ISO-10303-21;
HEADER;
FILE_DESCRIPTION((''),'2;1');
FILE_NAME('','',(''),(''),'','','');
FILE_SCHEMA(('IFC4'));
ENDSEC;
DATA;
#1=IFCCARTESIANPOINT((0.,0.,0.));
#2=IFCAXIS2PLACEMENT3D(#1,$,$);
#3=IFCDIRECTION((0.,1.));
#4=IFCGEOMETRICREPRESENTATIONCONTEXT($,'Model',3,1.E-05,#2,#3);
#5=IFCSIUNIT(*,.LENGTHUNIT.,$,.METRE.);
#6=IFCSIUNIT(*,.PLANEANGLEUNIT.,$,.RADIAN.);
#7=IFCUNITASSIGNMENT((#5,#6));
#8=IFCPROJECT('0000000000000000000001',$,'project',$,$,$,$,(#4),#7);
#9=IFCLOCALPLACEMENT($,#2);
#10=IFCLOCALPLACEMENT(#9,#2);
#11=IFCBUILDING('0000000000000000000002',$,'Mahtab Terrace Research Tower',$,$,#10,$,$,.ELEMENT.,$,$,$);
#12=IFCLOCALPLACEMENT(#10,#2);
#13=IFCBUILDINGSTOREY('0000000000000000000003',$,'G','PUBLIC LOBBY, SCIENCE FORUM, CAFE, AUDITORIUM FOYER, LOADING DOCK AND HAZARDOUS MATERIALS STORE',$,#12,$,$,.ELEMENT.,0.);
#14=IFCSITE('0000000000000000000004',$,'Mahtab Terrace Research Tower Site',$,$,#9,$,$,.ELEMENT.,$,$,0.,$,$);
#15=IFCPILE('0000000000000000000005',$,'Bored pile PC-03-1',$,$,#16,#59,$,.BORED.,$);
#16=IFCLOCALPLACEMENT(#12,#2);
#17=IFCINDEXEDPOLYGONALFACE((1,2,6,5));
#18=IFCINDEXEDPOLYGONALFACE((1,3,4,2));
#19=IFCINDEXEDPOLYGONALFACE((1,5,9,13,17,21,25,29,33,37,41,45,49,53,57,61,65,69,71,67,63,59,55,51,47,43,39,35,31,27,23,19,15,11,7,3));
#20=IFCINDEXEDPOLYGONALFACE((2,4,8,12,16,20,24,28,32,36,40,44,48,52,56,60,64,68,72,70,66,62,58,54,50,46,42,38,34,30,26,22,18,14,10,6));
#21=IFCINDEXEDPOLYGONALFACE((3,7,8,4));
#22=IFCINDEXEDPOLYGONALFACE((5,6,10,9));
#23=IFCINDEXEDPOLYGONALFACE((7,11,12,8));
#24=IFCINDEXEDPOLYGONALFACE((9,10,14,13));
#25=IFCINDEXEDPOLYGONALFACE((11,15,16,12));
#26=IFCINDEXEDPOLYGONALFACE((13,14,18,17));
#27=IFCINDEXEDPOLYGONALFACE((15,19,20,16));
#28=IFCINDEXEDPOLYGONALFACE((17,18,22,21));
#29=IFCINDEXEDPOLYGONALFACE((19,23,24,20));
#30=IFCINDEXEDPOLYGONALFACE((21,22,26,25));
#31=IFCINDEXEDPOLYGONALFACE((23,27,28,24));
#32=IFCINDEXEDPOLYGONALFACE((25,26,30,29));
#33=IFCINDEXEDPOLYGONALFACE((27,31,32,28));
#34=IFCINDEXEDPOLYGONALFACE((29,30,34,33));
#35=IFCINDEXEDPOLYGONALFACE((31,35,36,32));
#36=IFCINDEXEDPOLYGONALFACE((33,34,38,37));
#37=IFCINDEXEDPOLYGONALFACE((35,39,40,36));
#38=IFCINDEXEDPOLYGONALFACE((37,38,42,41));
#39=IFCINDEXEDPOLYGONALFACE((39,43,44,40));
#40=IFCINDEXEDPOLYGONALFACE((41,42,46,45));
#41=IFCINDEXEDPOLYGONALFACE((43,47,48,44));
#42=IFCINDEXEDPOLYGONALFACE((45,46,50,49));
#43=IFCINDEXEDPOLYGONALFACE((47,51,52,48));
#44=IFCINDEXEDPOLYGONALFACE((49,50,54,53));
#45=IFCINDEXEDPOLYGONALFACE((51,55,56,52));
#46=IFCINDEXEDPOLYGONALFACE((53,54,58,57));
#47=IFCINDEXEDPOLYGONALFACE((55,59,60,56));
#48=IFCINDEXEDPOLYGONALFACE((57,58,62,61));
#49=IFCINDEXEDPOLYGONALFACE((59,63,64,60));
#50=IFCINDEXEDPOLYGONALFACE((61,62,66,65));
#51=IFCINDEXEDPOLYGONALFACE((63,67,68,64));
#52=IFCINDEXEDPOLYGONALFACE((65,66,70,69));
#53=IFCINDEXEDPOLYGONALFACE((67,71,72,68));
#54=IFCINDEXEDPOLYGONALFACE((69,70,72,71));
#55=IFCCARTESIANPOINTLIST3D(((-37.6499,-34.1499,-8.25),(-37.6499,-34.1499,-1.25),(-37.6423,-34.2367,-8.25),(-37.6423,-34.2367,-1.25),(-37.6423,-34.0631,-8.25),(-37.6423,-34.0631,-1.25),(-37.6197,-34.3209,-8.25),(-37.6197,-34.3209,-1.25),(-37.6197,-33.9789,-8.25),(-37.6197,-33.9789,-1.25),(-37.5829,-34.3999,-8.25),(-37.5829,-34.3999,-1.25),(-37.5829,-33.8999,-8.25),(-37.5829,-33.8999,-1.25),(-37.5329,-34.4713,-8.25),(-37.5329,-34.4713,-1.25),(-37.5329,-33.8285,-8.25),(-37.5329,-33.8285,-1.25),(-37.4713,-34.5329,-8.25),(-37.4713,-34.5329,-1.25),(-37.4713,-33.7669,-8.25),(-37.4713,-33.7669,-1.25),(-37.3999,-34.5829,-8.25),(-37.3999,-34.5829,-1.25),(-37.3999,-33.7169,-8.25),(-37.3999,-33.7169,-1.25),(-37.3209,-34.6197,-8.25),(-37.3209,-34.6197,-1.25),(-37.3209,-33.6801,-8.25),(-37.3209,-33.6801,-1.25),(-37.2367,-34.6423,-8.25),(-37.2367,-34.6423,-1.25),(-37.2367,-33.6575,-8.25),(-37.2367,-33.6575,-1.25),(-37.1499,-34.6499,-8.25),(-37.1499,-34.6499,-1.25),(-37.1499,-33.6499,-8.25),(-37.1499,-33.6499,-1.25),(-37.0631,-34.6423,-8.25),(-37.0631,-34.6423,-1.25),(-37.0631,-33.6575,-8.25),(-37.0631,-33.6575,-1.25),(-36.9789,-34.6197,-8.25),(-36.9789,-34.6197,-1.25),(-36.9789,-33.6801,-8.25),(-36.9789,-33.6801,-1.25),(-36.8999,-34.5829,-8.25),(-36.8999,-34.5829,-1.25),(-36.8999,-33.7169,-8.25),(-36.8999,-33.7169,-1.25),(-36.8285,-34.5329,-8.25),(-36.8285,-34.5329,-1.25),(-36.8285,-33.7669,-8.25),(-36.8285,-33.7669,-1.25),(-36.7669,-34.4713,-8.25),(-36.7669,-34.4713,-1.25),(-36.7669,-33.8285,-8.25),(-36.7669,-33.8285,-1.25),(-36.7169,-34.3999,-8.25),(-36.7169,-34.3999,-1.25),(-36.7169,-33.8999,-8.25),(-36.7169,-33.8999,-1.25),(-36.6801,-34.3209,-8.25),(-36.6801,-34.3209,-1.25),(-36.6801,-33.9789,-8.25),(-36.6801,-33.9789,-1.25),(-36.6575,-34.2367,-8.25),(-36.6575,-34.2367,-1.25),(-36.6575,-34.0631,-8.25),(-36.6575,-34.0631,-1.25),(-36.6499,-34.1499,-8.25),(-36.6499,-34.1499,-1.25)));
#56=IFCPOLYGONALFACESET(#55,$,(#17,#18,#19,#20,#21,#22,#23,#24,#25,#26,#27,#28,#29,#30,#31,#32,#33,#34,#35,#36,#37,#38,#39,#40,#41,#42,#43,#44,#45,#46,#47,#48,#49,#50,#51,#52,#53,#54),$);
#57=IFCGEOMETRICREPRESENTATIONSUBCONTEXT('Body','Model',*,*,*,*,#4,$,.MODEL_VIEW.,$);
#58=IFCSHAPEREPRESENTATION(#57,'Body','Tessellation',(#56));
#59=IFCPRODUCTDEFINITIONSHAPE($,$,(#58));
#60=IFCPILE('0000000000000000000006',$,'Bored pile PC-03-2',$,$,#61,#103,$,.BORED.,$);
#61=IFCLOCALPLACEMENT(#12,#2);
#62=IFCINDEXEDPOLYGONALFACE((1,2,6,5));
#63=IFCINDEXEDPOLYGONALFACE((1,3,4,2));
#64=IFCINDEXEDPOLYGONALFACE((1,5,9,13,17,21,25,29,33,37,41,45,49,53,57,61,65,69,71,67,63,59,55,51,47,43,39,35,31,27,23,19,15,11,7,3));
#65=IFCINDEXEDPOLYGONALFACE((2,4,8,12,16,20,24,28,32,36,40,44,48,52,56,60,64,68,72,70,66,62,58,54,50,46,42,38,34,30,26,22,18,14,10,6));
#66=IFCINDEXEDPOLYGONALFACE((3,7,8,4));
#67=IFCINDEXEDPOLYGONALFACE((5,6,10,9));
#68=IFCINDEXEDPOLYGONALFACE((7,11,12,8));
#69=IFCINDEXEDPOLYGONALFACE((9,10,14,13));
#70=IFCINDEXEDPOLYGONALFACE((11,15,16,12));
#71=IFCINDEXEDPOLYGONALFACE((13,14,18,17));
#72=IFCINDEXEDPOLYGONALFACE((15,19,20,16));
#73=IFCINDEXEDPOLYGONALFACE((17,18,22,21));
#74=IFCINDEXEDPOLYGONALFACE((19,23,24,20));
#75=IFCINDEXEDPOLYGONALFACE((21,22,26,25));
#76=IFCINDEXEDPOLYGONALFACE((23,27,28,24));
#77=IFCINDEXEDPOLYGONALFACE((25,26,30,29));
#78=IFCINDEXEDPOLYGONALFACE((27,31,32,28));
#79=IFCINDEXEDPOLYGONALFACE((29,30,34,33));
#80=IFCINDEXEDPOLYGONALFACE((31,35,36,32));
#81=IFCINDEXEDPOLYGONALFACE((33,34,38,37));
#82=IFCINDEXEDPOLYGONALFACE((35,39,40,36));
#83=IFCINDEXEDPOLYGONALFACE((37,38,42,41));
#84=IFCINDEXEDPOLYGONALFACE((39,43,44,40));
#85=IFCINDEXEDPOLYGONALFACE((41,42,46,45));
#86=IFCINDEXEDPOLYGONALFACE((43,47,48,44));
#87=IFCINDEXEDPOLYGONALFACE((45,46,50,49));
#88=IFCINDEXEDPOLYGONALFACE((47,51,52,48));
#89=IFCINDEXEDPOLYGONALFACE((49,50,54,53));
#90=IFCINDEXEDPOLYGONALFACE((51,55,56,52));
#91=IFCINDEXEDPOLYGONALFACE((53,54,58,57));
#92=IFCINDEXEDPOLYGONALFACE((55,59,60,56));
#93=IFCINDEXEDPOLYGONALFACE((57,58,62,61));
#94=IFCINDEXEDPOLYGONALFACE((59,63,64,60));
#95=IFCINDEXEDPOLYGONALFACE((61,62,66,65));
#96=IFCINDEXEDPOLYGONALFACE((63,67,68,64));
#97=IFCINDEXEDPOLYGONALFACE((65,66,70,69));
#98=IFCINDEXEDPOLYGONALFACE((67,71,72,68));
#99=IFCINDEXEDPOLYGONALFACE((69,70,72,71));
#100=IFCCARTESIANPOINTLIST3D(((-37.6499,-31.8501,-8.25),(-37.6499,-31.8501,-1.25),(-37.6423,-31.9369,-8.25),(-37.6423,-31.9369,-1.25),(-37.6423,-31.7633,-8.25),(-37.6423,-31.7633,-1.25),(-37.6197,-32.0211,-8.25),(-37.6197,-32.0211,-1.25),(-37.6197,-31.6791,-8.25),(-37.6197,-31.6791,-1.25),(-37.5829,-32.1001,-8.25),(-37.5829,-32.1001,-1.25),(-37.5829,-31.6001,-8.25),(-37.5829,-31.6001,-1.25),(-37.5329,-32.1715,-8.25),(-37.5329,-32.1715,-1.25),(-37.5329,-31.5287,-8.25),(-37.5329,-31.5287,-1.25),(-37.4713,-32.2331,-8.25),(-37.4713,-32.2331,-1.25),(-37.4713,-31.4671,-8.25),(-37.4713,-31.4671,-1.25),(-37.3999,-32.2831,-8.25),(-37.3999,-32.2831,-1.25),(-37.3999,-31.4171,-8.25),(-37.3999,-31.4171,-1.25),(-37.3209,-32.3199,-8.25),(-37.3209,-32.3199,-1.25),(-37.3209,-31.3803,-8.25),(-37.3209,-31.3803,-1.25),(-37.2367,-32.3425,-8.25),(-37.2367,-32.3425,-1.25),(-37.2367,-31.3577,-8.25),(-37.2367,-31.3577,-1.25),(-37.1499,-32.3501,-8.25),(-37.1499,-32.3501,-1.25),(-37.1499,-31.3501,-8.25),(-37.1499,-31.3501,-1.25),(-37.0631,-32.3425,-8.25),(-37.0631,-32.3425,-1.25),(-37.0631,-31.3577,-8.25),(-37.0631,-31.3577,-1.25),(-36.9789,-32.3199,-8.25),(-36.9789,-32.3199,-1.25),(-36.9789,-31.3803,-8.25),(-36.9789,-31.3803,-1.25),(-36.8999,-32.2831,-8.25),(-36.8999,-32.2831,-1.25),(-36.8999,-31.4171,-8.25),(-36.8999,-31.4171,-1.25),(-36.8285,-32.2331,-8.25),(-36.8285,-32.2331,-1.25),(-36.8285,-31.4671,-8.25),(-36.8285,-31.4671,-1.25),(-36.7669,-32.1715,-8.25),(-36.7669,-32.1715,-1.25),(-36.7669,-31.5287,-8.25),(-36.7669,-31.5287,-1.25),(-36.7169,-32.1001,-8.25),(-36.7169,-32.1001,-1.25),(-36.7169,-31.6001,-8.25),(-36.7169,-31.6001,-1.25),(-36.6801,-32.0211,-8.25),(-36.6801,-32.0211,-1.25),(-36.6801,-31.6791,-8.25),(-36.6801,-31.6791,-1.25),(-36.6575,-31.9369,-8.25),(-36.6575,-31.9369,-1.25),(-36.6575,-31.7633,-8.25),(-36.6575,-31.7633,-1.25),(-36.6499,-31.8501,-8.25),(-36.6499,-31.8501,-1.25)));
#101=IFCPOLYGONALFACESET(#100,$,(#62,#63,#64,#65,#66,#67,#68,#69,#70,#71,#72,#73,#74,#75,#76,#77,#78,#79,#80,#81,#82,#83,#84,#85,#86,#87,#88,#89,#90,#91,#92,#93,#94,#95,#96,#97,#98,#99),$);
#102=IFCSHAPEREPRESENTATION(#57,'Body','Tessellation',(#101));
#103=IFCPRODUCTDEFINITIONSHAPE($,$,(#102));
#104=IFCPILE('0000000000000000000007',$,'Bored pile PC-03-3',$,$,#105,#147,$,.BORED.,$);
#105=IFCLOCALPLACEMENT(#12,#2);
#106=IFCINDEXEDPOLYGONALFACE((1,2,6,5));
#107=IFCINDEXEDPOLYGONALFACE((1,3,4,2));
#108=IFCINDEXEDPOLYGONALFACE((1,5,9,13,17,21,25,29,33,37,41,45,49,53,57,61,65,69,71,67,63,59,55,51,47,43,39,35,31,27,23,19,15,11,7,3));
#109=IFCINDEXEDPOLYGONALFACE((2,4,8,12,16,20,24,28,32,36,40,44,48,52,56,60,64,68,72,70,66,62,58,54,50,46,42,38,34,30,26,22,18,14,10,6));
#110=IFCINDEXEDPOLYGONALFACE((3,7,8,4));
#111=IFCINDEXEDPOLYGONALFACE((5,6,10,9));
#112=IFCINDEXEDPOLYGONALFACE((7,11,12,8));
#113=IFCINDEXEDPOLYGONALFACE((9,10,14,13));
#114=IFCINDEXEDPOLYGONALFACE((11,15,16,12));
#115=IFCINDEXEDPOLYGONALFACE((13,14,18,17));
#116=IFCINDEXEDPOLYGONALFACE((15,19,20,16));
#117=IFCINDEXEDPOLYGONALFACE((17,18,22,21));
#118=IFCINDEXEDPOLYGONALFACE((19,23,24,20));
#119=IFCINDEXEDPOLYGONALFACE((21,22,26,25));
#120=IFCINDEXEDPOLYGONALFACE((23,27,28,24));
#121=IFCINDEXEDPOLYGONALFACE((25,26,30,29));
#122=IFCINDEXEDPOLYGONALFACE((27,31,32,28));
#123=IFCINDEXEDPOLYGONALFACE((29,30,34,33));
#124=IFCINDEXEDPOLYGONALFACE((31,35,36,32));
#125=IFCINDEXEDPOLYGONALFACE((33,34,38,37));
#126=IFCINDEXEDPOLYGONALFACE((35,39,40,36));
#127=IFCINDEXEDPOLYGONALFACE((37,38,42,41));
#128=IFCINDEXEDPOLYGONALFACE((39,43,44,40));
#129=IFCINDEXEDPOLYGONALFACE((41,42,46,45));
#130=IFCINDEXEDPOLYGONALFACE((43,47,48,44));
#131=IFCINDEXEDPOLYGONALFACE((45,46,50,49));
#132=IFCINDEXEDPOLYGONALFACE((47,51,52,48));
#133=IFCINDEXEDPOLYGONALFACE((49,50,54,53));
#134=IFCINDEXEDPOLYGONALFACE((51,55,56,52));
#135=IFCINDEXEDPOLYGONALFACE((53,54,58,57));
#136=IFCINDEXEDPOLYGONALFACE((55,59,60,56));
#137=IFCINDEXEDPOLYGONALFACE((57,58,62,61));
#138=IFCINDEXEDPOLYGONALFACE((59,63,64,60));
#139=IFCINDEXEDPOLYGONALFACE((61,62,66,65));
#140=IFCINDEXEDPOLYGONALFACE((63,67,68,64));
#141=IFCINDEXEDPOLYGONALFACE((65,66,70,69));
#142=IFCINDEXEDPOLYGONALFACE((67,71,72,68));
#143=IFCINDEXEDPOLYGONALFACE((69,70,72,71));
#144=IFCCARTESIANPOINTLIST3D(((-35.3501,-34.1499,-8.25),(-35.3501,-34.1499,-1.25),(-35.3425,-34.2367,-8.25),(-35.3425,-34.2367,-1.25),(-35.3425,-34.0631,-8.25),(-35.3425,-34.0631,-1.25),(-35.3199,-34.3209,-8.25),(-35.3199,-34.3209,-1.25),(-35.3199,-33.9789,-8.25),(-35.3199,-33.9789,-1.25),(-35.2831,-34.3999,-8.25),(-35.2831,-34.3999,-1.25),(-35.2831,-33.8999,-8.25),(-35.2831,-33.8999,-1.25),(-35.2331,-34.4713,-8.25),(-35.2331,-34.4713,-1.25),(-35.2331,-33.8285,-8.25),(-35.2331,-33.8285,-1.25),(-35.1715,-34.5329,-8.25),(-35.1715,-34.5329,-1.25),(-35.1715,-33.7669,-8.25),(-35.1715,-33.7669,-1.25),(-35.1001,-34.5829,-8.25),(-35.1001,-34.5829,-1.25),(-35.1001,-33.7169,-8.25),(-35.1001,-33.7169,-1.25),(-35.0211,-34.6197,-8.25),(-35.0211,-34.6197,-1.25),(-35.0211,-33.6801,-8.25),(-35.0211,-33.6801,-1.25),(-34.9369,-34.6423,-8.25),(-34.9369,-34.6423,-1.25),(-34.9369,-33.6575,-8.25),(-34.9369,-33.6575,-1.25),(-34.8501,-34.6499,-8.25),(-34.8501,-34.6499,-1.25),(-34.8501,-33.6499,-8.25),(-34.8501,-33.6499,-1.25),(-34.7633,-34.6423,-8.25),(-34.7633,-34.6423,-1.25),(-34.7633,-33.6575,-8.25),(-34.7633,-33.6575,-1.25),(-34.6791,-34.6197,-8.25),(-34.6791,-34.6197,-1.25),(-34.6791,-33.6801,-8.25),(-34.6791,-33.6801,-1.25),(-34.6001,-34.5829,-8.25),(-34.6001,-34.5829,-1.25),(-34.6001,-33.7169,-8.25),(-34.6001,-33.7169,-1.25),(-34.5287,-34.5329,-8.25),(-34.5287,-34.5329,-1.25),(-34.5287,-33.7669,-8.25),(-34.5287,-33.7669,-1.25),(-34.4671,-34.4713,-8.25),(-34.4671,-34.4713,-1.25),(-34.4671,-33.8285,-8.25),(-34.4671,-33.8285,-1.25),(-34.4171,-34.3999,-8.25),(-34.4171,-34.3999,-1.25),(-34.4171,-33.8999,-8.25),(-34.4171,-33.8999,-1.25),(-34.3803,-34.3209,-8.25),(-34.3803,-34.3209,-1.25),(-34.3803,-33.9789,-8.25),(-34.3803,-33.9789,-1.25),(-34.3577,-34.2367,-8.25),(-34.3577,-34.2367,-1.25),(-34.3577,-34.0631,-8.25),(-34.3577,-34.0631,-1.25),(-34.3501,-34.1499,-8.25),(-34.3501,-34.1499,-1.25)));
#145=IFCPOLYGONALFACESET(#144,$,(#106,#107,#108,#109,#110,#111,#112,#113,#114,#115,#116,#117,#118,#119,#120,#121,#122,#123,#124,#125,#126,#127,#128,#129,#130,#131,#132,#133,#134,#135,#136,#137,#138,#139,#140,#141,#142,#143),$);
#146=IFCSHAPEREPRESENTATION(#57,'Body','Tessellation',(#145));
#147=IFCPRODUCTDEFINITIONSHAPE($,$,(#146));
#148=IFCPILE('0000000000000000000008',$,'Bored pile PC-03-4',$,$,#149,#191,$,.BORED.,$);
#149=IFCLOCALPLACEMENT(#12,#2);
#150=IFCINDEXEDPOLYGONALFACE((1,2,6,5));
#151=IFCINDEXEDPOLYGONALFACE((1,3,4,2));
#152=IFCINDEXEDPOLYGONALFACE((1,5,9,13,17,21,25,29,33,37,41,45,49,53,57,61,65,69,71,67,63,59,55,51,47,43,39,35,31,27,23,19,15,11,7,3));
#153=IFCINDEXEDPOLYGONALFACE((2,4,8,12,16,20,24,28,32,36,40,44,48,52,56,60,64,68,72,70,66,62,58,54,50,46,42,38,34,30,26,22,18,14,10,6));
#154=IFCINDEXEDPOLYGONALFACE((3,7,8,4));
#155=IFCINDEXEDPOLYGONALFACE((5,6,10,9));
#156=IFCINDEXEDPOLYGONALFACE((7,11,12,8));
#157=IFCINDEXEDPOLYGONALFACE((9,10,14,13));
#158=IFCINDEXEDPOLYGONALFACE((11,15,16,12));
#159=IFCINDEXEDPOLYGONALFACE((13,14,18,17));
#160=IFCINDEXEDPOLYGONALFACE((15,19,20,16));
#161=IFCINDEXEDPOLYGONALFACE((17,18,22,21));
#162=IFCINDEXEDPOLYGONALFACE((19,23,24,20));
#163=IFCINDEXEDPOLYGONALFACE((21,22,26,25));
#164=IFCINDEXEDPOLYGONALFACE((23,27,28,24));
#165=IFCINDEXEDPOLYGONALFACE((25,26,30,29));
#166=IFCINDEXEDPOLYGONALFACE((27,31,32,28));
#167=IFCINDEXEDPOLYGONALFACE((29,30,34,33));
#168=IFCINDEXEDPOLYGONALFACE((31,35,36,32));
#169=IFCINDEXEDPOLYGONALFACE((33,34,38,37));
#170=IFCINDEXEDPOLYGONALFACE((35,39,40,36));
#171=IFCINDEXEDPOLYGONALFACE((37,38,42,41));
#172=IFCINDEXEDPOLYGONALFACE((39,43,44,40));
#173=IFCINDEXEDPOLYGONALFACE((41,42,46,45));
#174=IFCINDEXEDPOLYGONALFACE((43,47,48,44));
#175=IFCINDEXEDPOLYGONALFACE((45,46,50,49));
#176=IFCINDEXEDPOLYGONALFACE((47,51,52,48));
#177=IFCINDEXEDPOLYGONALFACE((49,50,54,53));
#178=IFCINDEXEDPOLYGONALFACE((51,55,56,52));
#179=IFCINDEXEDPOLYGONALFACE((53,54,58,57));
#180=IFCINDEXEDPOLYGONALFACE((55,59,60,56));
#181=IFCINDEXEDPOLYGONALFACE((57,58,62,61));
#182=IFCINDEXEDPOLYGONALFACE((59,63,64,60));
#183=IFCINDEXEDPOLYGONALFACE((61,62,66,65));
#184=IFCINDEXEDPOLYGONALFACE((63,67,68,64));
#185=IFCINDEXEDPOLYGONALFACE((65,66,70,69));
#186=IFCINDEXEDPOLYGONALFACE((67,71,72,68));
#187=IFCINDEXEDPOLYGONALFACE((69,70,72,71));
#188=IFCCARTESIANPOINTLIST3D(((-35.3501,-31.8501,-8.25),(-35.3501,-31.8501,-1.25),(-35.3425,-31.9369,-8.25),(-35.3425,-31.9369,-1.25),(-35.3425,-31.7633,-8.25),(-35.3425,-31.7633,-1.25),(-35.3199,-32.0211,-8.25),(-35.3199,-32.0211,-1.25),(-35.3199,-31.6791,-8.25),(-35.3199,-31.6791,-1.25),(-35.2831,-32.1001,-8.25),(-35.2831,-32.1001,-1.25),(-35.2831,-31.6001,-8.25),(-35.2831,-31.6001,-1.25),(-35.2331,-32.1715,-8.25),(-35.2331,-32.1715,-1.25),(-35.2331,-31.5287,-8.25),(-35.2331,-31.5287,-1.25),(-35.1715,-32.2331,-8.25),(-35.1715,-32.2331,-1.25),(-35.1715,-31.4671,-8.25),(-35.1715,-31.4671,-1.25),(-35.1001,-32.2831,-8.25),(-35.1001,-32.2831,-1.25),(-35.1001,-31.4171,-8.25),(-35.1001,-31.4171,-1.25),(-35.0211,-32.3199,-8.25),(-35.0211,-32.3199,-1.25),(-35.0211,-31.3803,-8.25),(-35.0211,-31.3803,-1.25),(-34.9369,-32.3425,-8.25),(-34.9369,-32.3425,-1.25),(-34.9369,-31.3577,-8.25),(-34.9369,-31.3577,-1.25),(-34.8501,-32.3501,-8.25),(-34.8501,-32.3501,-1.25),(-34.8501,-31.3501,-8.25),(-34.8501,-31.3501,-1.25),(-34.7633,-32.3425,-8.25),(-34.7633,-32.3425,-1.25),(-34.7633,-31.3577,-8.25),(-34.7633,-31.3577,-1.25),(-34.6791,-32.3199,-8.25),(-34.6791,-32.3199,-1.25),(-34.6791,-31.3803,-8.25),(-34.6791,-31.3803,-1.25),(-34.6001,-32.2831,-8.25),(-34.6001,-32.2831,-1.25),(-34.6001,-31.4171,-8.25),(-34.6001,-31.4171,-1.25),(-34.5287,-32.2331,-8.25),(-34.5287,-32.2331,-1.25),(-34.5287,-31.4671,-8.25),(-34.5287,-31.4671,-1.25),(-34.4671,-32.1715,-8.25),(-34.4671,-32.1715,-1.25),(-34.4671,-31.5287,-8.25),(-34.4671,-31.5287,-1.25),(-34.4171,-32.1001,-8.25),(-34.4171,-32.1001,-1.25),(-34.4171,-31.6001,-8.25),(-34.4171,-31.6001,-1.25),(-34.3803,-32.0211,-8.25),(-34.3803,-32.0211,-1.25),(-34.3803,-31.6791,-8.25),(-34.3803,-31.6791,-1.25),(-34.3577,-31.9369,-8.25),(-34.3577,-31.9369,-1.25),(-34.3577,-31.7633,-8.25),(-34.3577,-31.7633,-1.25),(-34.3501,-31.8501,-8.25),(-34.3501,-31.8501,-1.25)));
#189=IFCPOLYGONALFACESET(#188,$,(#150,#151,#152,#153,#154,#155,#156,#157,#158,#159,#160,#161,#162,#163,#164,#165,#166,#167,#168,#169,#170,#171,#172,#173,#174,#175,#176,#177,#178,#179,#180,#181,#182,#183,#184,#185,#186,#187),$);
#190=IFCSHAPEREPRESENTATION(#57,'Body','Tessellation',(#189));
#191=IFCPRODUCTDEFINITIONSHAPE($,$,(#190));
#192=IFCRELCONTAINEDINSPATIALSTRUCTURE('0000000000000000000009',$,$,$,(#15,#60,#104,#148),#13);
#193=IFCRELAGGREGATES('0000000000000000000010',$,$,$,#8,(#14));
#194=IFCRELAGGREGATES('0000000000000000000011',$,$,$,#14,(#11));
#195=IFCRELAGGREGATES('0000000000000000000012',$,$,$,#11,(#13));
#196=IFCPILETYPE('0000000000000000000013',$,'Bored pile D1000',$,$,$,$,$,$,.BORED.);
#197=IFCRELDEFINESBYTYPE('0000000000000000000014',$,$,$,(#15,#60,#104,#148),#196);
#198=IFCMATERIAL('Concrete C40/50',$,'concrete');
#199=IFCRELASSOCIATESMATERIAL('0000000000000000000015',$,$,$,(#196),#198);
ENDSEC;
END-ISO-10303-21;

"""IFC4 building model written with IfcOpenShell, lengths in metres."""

from ifc_helpers import new_model, si_unit, direction, frame, origin, origin_2d, place, context, subcontext, project, spatial, circle, extrude, material, material_profile, profile_set, type_object, element, save


model = new_model("IFC4")

# Units and contexts
model_context = context("Model", 3, precision=1e-05, world=origin(), true_north=direction((0.0, 1.0)))
body_context = subcontext(model_context, "Body", "Model", "MODEL_VIEW")
ifc_project = project(units=[si_unit("LENGTHUNIT", "METRE"), si_unit("PLANEANGLEUNIT", "RADIAN")], contexts=[model_context])

# Site, building, storey
site_placement = place(None, origin())
site = spatial("IfcSite", under=ifc_project, at=site_placement, Name="Mahtab Terrace Research Tower Site", CompositionType="ELEMENT", RefElevation=0.0)
building_placement = place(site_placement, origin())
building = spatial("IfcBuilding", under=site, at=building_placement, Name="Mahtab Terrace Research Tower", CompositionType="ELEMENT")
storey_placement = place(building_placement, origin())
storey = spatial("IfcBuildingStorey", under=building, at=storey_placement, Name="G", Description="PUBLIC LOBBY, SCIENCE FORUM, CAFE, AUDITORIUM FOYER, LOADING DOCK AND HAZARDOUS MATERIALS STORE", CompositionType="ELEMENT", Elevation=0.0)

# Piles
ifc_material_1 = material(Name="Concrete C40/50", Category="concrete")
ifc_material_profile_1 = material_profile(ifc_material_1, circle(Radius=0.5, at=origin_2d()), Name="Bored pile D1000")
ifc_profile_set_1 = profile_set([ifc_material_profile_1], Name="Concrete C40/50")
pile_type_1 = type_object("IfcPileType", Name="Bored pile D1000", PredefinedType="BORED", material=ifc_profile_set_1)
for number, where, z_axis, x_axis, name in (
    (1, (-37.1499, -34.1499, -1.25), (0.0, 0.0, -1.0), (1.0, 0.0, 0.0), "Bored pile PC-03-1"),
    (2, (-37.1499, -31.8501, -1.25), (0.0, 0.0, -1.0), (1.0, 0.0, 0.0), "Bored pile PC-03-2"),
    (3, (-34.8501, -34.1499, -1.25), (0.0, 0.0, -1.0), (1.0, 0.0, 0.0), "Bored pile PC-03-3"),
    (4, (-34.8501, -31.8501, -1.25), (0.0, 0.0, -1.0), (1.0, 0.0, 0.0), "Bored pile PC-03-4"),
):
    element("IfcPile", number, at=place(storey_placement, frame(where, z_axis=z_axis, x_axis=x_axis)), inside=storey, type_object=pile_type_1, Name=name, PredefinedType="BORED", context=body_context, shape_type="SweptSolid", body=[
        extrude(circle(Radius=0.5, at=origin_2d()), origin(), (0.0, 0.0, 1.0), 7.0),
    ])

save(model, "model.ifc")
